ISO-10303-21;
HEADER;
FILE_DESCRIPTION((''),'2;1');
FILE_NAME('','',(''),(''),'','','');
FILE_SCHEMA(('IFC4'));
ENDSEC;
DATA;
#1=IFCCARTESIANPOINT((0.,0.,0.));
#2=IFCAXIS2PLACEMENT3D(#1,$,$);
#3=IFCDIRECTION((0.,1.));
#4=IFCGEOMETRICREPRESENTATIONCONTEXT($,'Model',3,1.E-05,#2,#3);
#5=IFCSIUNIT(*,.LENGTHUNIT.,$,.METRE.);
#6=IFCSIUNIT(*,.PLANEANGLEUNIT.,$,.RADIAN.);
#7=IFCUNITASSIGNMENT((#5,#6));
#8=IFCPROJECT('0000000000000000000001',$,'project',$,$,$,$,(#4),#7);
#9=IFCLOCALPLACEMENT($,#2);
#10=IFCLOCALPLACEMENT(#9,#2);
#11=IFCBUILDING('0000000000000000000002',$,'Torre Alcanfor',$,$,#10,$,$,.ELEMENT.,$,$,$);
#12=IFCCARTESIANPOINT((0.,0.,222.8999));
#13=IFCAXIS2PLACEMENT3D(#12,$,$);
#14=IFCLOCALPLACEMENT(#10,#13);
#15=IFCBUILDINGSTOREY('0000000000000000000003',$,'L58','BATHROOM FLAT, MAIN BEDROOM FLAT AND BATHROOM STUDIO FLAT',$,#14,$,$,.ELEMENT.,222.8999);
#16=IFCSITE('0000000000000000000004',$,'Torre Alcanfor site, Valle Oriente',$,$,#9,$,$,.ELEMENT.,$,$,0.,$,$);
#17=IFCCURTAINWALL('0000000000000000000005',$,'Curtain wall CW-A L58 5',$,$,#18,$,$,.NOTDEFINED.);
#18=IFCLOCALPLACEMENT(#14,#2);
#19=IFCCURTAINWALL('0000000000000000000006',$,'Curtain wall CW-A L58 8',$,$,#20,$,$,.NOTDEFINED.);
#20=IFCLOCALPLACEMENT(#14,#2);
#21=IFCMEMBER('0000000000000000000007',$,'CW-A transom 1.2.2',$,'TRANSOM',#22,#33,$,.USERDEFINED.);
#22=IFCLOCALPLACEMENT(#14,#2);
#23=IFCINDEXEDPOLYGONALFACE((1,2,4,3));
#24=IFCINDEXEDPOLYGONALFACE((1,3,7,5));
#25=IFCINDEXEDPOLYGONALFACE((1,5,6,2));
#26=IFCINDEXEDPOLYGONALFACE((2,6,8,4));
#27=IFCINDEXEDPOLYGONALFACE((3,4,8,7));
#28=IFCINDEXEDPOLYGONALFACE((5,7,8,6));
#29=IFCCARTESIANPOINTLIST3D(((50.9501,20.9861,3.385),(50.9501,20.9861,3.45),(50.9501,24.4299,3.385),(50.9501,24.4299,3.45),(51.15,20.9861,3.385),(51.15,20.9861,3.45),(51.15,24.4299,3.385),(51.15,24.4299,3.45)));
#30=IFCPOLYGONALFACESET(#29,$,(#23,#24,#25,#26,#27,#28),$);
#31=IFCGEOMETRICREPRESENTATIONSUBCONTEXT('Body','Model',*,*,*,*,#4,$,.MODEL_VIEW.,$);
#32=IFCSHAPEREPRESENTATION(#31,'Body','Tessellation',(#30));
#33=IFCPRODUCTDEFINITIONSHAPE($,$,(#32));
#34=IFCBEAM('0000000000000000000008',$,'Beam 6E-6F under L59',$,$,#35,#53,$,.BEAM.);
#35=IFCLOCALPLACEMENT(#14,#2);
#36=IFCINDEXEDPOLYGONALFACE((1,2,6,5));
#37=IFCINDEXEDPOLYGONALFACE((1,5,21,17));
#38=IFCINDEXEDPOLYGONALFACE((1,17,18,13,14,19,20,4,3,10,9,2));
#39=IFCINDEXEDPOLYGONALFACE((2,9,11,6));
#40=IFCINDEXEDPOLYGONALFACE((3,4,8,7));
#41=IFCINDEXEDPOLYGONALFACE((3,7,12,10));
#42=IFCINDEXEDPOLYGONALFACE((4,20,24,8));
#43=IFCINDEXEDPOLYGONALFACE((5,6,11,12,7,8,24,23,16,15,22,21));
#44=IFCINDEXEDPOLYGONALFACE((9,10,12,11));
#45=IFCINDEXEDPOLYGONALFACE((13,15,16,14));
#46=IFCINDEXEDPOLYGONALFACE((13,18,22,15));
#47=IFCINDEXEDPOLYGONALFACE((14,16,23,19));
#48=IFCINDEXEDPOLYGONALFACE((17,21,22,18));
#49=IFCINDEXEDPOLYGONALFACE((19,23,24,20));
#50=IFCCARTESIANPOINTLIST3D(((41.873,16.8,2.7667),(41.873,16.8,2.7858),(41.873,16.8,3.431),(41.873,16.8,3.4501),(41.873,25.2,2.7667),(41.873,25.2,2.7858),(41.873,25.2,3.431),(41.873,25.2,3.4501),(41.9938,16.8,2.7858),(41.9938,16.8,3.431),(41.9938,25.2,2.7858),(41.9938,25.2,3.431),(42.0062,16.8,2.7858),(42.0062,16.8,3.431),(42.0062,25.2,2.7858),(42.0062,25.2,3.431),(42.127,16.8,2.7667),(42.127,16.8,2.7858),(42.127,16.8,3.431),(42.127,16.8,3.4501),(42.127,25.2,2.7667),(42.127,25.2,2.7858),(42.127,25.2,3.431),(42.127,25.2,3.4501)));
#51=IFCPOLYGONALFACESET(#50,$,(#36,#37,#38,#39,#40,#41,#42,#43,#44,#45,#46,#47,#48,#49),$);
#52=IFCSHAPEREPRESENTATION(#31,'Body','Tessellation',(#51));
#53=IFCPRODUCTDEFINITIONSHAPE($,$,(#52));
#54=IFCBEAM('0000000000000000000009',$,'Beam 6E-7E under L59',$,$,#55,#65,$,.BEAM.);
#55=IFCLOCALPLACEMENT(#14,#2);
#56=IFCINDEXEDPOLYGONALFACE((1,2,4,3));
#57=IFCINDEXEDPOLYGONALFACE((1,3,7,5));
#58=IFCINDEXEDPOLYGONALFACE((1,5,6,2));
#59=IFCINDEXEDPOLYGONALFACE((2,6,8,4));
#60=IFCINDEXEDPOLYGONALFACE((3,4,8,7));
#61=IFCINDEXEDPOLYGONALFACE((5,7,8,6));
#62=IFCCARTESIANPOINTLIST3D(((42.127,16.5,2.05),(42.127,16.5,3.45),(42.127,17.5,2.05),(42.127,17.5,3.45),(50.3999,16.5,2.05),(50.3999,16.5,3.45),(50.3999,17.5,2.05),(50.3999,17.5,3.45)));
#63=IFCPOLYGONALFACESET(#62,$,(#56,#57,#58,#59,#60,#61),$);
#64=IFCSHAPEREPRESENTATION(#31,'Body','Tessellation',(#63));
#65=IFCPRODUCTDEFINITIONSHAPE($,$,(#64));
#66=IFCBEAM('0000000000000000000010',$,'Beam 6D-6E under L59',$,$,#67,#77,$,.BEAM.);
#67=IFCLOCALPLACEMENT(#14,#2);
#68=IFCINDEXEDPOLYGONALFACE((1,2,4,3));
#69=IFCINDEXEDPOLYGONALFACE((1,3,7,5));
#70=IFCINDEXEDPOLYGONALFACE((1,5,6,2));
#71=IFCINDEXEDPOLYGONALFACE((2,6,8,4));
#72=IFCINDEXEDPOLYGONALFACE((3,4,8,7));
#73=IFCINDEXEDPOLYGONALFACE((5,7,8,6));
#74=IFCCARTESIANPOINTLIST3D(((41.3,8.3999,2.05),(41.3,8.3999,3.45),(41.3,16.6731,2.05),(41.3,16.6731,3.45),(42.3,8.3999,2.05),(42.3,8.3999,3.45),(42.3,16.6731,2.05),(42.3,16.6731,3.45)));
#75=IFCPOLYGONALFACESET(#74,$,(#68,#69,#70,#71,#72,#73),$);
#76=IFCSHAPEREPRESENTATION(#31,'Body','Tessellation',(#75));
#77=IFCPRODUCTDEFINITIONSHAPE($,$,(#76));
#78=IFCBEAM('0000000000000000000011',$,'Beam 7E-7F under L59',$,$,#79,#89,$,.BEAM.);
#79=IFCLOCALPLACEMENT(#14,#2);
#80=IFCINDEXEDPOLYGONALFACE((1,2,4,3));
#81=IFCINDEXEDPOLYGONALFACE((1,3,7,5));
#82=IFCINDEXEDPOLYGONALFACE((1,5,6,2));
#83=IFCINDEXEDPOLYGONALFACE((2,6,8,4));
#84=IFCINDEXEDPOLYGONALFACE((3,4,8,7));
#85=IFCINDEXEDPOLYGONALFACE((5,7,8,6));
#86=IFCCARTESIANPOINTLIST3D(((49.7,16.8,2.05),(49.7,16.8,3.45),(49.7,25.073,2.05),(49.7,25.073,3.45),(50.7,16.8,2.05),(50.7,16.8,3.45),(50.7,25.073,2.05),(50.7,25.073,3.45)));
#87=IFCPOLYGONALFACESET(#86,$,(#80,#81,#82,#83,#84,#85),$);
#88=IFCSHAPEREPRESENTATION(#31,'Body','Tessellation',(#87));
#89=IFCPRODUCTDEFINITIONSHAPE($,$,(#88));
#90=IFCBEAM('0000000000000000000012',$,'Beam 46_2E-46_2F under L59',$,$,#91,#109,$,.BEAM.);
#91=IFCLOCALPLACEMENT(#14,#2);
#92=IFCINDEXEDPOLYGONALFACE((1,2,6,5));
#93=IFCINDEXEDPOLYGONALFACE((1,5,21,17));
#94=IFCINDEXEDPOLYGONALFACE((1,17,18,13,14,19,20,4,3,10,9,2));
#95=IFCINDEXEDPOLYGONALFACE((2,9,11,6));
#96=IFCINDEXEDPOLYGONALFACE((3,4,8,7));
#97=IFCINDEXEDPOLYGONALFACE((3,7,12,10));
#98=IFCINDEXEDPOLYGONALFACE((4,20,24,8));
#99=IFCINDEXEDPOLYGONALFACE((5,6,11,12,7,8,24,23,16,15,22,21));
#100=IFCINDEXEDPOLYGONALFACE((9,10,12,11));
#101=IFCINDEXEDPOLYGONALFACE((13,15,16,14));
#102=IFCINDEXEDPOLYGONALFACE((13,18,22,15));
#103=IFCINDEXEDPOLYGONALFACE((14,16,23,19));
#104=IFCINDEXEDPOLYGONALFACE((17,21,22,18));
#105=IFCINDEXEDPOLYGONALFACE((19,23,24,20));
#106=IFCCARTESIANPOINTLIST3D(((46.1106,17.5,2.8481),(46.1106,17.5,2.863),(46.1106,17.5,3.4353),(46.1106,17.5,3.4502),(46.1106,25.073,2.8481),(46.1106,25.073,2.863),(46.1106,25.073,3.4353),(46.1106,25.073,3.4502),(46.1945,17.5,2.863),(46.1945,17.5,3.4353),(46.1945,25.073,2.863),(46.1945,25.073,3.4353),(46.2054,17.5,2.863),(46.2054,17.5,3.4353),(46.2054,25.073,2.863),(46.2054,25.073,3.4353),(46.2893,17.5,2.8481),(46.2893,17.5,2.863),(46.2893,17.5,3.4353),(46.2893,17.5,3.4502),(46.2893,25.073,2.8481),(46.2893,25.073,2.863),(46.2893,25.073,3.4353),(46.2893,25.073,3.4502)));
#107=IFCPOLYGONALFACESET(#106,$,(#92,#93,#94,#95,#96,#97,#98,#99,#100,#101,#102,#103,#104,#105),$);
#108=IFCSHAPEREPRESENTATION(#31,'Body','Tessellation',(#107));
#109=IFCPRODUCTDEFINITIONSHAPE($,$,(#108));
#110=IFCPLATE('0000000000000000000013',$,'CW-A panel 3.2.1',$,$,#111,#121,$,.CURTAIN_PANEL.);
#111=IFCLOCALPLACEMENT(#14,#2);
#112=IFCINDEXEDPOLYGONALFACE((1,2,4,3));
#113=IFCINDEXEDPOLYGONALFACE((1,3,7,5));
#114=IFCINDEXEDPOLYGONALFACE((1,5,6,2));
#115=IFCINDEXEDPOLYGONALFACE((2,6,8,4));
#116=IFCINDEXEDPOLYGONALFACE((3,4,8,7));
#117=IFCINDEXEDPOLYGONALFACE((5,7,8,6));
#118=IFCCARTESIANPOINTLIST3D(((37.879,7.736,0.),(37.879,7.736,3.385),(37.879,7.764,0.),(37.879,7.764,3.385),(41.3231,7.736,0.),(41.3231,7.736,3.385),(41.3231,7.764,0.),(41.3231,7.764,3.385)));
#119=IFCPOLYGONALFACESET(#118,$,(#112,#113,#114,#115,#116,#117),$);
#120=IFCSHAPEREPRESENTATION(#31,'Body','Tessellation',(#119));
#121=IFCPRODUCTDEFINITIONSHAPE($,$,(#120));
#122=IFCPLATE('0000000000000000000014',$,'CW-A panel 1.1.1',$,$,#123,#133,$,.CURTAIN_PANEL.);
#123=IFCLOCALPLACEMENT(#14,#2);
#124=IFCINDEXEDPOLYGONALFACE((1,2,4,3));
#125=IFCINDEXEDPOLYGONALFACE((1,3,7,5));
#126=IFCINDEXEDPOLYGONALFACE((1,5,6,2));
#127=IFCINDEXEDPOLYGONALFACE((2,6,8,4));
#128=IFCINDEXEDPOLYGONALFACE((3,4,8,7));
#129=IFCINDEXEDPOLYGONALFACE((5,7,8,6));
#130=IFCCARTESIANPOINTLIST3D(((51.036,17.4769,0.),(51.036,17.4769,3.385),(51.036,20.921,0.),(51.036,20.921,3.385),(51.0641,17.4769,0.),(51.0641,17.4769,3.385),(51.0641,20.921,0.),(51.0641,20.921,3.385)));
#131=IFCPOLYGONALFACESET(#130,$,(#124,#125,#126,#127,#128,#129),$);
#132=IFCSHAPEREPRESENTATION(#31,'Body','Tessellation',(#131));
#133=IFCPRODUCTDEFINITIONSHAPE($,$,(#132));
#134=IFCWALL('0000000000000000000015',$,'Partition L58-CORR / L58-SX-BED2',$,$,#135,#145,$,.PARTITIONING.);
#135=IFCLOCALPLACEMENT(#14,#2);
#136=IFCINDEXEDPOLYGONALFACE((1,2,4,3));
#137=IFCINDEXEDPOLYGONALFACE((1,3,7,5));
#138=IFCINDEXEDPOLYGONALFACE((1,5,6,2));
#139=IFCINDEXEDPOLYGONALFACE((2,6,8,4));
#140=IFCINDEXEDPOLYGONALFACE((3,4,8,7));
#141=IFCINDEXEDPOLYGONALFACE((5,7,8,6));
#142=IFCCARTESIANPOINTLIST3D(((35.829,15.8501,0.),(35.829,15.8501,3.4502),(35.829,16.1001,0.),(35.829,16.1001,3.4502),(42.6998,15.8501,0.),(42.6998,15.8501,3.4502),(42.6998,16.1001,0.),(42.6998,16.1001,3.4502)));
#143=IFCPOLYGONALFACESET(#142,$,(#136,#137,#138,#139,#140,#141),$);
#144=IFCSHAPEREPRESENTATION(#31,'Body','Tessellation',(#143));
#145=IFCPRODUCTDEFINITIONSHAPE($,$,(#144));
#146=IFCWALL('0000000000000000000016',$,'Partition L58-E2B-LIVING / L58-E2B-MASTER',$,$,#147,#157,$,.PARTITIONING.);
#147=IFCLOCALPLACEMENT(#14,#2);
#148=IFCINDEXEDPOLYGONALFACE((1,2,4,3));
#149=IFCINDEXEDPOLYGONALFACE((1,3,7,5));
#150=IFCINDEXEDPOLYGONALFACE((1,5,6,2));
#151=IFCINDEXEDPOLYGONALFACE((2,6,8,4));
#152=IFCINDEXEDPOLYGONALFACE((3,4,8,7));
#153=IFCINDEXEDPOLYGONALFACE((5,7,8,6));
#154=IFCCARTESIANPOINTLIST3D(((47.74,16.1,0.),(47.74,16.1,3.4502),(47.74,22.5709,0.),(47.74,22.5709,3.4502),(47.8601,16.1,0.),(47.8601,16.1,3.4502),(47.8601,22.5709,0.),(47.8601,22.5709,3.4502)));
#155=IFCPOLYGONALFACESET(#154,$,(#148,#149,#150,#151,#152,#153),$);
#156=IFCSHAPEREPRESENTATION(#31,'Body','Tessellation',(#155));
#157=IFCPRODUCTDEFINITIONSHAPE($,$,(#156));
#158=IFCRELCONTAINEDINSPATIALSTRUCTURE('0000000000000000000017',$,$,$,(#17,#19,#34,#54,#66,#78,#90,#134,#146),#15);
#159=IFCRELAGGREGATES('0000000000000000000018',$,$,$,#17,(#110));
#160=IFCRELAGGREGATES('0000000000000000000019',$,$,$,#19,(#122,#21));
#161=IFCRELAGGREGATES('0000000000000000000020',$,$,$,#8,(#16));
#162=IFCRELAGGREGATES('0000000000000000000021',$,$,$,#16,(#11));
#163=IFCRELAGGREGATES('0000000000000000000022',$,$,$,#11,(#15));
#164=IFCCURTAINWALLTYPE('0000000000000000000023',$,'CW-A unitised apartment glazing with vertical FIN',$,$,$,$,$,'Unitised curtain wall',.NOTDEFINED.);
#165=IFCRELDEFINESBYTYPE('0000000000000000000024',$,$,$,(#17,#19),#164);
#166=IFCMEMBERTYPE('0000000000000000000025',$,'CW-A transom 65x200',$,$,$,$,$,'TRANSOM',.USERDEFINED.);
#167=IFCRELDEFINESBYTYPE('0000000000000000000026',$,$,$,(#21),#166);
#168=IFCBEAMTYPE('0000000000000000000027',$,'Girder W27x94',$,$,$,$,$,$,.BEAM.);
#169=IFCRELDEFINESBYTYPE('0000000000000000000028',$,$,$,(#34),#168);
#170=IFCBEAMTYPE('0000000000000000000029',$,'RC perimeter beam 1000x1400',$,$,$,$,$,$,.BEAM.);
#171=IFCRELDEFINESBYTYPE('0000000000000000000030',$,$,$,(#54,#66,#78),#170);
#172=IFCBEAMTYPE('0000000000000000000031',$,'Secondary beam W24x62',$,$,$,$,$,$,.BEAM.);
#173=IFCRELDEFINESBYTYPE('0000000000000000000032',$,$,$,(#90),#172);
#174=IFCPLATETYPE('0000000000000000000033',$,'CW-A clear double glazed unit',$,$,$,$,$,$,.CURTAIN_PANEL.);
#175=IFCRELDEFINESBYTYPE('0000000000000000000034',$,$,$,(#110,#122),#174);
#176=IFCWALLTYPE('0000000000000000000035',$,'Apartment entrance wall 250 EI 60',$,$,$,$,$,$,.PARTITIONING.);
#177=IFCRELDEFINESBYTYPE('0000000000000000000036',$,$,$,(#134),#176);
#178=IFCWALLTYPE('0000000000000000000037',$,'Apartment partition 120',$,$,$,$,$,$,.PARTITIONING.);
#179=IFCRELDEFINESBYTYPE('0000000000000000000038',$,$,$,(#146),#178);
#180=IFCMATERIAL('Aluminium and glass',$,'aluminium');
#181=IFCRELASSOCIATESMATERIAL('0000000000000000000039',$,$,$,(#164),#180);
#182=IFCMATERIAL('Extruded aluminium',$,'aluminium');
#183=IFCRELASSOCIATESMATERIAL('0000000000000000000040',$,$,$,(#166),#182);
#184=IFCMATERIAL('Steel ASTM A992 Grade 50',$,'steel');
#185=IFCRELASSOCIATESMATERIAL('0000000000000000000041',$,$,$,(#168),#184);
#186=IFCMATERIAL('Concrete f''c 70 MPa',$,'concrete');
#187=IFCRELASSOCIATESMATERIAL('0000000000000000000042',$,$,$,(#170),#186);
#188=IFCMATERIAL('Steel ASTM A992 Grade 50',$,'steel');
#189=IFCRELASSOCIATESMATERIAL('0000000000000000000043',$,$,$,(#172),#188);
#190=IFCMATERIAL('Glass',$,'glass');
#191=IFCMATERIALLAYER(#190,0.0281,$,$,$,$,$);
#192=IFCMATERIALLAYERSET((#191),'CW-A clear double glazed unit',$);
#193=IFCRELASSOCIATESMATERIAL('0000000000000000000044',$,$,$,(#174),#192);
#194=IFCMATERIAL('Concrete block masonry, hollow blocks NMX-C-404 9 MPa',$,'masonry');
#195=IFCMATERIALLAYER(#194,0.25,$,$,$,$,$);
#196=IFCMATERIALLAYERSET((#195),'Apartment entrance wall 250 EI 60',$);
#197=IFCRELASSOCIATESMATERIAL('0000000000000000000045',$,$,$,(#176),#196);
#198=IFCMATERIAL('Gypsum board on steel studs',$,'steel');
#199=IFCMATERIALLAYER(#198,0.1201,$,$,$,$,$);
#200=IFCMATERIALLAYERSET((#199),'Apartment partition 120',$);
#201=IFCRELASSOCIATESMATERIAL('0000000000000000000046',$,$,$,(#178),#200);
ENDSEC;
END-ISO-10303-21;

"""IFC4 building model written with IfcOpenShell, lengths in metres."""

from ifc_helpers import new_model, si_unit, direction, frame, frame_2d, origin, origin_2d, place, context, subcontext, project, spatial, rectangle, i_section, extrude, material, layer, layer_set, material_profile, profile_set, type_object, element, aggregate, save


model = new_model("IFC4")

# Units and contexts
model_context = context("Model", 3, precision=1e-05, world=origin(), true_north=direction((0.0, 1.0)))
body_context = subcontext(model_context, "Body", "Model", "MODEL_VIEW")
ifc_project = project(units=[si_unit("LENGTHUNIT", "METRE"), si_unit("PLANEANGLEUNIT", "RADIAN")], contexts=[model_context])

# Site, building, storey
site_placement = place(None, origin())
site = spatial("IfcSite", under=ifc_project, at=site_placement, Name="Torre Alcanfor site, Valle Oriente", CompositionType="ELEMENT", RefElevation=0.0)
building_placement = place(site_placement, origin())
building = spatial("IfcBuilding", under=site, at=building_placement, Name="Torre Alcanfor", CompositionType="ELEMENT")
storey_placement = place(building_placement, frame((0.0, 0.0, 222.8999)))
storey = spatial("IfcBuildingStorey", under=building, at=storey_placement, Name="L58", Description="BATHROOM FLAT, MAIN BEDROOM FLAT AND BATHROOM STUDIO FLAT", CompositionType="ELEMENT", Elevation=222.8999)

# Curtain wall
ifc_material_1 = material(Name="Aluminium and glass", Category="aluminium")
curtain_wall_type = type_object("IfcCurtainWallType", Name="CW-A unitised apartment glazing with vertical FIN", ElementType="Unitised curtain wall", PredefinedType="NOTDEFINED", material=ifc_material_1)
curtain_wall_1_placement = place(storey_placement, origin())
curtain_wall_1 = element("IfcCurtainWall", 1, at=curtain_wall_1_placement, inside=storey, type_object=curtain_wall_type, Name="Curtain wall CW-A L58 5", PredefinedType="NOTDEFINED")

# Curtain wall
curtain_wall_2_placement = place(storey_placement, origin())
curtain_wall_2 = element("IfcCurtainWall", 2, at=curtain_wall_2_placement, inside=storey, type_object=curtain_wall_type, Name="Curtain wall CW-A L58 8", PredefinedType="NOTDEFINED")

# Member
ifc_material_2 = material(Name="Extruded aluminium", Category="aluminium")
ifc_material_profile_1 = material_profile(ifc_material_2, rectangle(XDim=0.2, YDim=0.0649, at=origin_2d()), Name="CW-A transom 200x65")
ifc_profile_set_1 = profile_set([ifc_material_profile_1], Name="Extruded aluminium")
member_type_1 = type_object("IfcMemberType", Name="CW-A transom 65x200", ElementType="TRANSOM", PredefinedType="USERDEFINED", material=ifc_profile_set_1)
member_1_placement = place(storey_placement, frame((51.05, 20.9861, 3.4175), z_axis=(0.0, 1.0, 0.0), x_axis=(-1.0, 0.0, 0.0)))
member_1 = element("IfcMember", 3, at=member_1_placement, type_object=member_type_1, Name="CW-A transom 1.2.2", ObjectType="TRANSOM", PredefinedType="USERDEFINED", context=body_context, shape_type="SweptSolid", body=[
    extrude(rectangle(XDim=0.2, YDim=0.0649, at=origin_2d()), origin(), (0.0, 0.0, 1.0), 3.4438),
])

# Beams
ifc_material_3 = material(Name="Steel ASTM A992 Grade 50", Category="steel")
ifc_material_profile_2 = material_profile(ifc_material_3, i_section(OverallWidth=0.2539, OverallDepth=0.6833, WebThickness=0.0125, FlangeThickness=0.019, at=origin_2d()), Name="W27x94")
ifc_profile_set_2 = profile_set([ifc_material_profile_2], Name="Steel ASTM A992 Grade 50")
beam_type_1 = type_object("IfcBeamType", Name="Girder W27x94", PredefinedType="BEAM", material=ifc_profile_set_2)
beam_1_placement = place(storey_placement, frame((42.0, 16.8, 3.1084), z_axis=(0.0, 1.0, 0.0), x_axis=(-1.0, 0.0, 0.0)))
element("IfcBeam", 4, at=beam_1_placement, inside=storey, type_object=beam_type_1, Name="Beam 6E-6F under L59", PredefinedType="BEAM", context=body_context, shape_type="SweptSolid", body=[
    extrude(i_section(OverallWidth=0.2539, OverallDepth=0.6833, WebThickness=0.0125, FlangeThickness=0.019, at=origin_2d()), origin(), (0.0, 0.0, 1.0), 8.3999),
])
ifc_material_4 = material(Name="Concrete f'c 70 MPa", Category="concrete")
ifc_material_profile_3 = material_profile(ifc_material_4, rectangle(XDim=1.0, YDim=1.3999, at=origin_2d()), Name="1000x1400")
ifc_profile_set_3 = profile_set([ifc_material_profile_3], Name="Concrete f'c 70 MPa")
beam_type_2 = type_object("IfcBeamType", Name="RC perimeter beam 1000x1400", PredefinedType="BEAM", material=ifc_profile_set_3)
beam_2_placement = place(storey_placement, frame((42.127, 17.0, 2.75), z_axis=(1.0, 0.0, 0.0), x_axis=(0.0, 1.0, 0.0)))
element("IfcBeam", 5, at=beam_2_placement, inside=storey, type_object=beam_type_2, Name="Beam 6E-7E under L59", PredefinedType="BEAM", context=body_context, shape_type="SweptSolid", body=[
    extrude(rectangle(XDim=1.0, YDim=1.3999, at=origin_2d()), origin(), (0.0, 0.0, 1.0), 8.2729),
])
beam_3_placement = place(storey_placement, frame((41.8, 8.3999, 2.75), z_axis=(0.0, 1.0, 0.0), x_axis=(-1.0, 0.0, 0.0)))
element("IfcBeam", 6, at=beam_3_placement, inside=storey, type_object=beam_type_2, Name="Beam 6D-6E under L59", PredefinedType="BEAM", context=body_context, shape_type="SweptSolid", body=[
    extrude(rectangle(XDim=1.0, YDim=1.3999, at=origin_2d()), origin(), (0.0, 0.0, 1.0), 8.2732),
])
beam_4_placement = place(storey_placement, frame((50.2, 16.8, 2.75), z_axis=(0.0, 1.0, 0.0), x_axis=(-1.0, 0.0, 0.0)))
element("IfcBeam", 7, at=beam_4_placement, inside=storey, type_object=beam_type_2, Name="Beam 7E-7F under L59", PredefinedType="BEAM", context=body_context, shape_type="SweptSolid", body=[
    extrude(rectangle(XDim=1.0, YDim=1.3999, at=origin_2d()), origin(), (0.0, 0.0, 1.0), 8.2729),
])
ifc_material_5 = material(Name="Steel ASTM A992 Grade 50", Category="steel")
ifc_material_profile_4 = material_profile(ifc_material_5, i_section(OverallWidth=0.1787, OverallDepth=0.6021, WebThickness=0.011, FlangeThickness=0.0149, at=origin_2d()), Name="W24x62")
ifc_profile_set_4 = profile_set([ifc_material_profile_4], Name="Steel ASTM A992 Grade 50")
beam_type_3 = type_object("IfcBeamType", Name="Secondary beam W24x62", PredefinedType="BEAM", material=ifc_profile_set_4)
beam_5_placement = place(storey_placement, frame((46.2, 17.5, 3.1492), z_axis=(0.0, 1.0, 0.0), x_axis=(-1.0, 0.0, 0.0)))
element("IfcBeam", 8, at=beam_5_placement, inside=storey, type_object=beam_type_3, Name="Beam 46_2E-46_2F under L59", PredefinedType="BEAM", context=body_context, shape_type="SweptSolid", body=[
    extrude(i_section(OverallWidth=0.1787, OverallDepth=0.6021, WebThickness=0.011, FlangeThickness=0.0149, at=origin_2d()), origin(), (0.0, 0.0, 1.0), 7.573),
])

# Plates
ifc_material_6 = material(Name="Glass", Category="glass")
ifc_layer_1 = layer(ifc_material_6, 0.0281)
ifc_layer_set_1 = layer_set([ifc_layer_1], Name="CW-A clear double glazed unit")
plate_type = type_object("IfcPlateType", Name="CW-A clear double glazed unit", PredefinedType="CURTAIN_PANEL", material=ifc_layer_set_1)
plate_1_placement = place(storey_placement, frame((39.6011, 7.75, 0.0), z_axis=(0.0, 0.0, 1.0), x_axis=(1.0, 0.0, 0.0)))
plate_1 = element("IfcPlate", 9, at=plate_1_placement, type_object=plate_type, Name="CW-A panel 3.2.1", PredefinedType="CURTAIN_PANEL", context=body_context, shape_type="SweptSolid", body=[
    extrude(rectangle(XDim=3.4441, YDim=0.0281, at=origin_2d()), origin(), (0.0, 0.0, 1.0), 3.385),
])
aggregate(curtain_wall_1, [plate_1])
plate_2_placement = place(storey_placement, frame((51.05, 19.199, 0.0), z_axis=(0.0, 0.0, 1.0), x_axis=(0.0, 1.0, 0.0)))
plate_2 = element("IfcPlate", 10, at=plate_2_placement, type_object=plate_type, Name="CW-A panel 1.1.1", PredefinedType="CURTAIN_PANEL", context=body_context, shape_type="SweptSolid", body=[
    extrude(rectangle(XDim=3.4441, YDim=0.0281, at=origin_2d()), origin(), (0.0, 0.0, 1.0), 3.385),
])
aggregate(curtain_wall_2, [plate_2, member_1])

# Walls
ifc_material_7 = material(Name="Concrete block masonry, hollow blocks NMX-C-404 9 MPa", Category="masonry")
ifc_layer_2 = layer(ifc_material_7, 0.25)
ifc_layer_set_2 = layer_set([ifc_layer_2], Name="Apartment entrance wall 250 EI 60")
wall_type_1 = type_object("IfcWallType", Name="Apartment entrance wall 250 EI 60", PredefinedType="PARTITIONING", material=ifc_layer_set_2)
wall_1_placement = place(storey_placement, frame((42.7, 15.9751, 0.0), z_axis=(0.0, 0.0, 1.0), x_axis=(-1.0, 0.0, 0.0)))
element("IfcWall", 11, at=wall_1_placement, inside=storey, type_object=wall_type_1, Name="Partition L58-CORR / L58-SX-BED2", PredefinedType="PARTITIONING", context=body_context, shape_type="SweptSolid", body=[
    extrude(rectangle(XDim=6.8708, YDim=0.25, at=frame_2d((3.4355, 0.0))), origin(), (0.0, 0.0, 1.0), 3.4502),
])
ifc_material_8 = material(Name="Gypsum board on steel studs", Category="steel")
ifc_layer_3 = layer(ifc_material_8, 0.1201)
ifc_layer_set_3 = layer_set([ifc_layer_3], Name="Apartment partition 120")
wall_type_2 = type_object("IfcWallType", Name="Apartment partition 120", PredefinedType="PARTITIONING", material=ifc_layer_set_3)
wall_2_placement = place(storey_placement, frame((47.8, 16.1001, 0.0), z_axis=(0.0, 0.0, 1.0), x_axis=(0.0, 1.0, 0.0)))
element("IfcWall", 12, at=wall_2_placement, inside=storey, type_object=wall_type_2, Name="Partition L58-E2B-LIVING / L58-E2B-MASTER", PredefinedType="PARTITIONING", context=body_context, shape_type="SweptSolid", body=[
    extrude(rectangle(XDim=6.4709, YDim=0.1201, at=frame_2d((3.2354, 0.0))), origin(), (0.0, 0.0, 1.0), 3.4502),
])

save(model, "model.ifc")
